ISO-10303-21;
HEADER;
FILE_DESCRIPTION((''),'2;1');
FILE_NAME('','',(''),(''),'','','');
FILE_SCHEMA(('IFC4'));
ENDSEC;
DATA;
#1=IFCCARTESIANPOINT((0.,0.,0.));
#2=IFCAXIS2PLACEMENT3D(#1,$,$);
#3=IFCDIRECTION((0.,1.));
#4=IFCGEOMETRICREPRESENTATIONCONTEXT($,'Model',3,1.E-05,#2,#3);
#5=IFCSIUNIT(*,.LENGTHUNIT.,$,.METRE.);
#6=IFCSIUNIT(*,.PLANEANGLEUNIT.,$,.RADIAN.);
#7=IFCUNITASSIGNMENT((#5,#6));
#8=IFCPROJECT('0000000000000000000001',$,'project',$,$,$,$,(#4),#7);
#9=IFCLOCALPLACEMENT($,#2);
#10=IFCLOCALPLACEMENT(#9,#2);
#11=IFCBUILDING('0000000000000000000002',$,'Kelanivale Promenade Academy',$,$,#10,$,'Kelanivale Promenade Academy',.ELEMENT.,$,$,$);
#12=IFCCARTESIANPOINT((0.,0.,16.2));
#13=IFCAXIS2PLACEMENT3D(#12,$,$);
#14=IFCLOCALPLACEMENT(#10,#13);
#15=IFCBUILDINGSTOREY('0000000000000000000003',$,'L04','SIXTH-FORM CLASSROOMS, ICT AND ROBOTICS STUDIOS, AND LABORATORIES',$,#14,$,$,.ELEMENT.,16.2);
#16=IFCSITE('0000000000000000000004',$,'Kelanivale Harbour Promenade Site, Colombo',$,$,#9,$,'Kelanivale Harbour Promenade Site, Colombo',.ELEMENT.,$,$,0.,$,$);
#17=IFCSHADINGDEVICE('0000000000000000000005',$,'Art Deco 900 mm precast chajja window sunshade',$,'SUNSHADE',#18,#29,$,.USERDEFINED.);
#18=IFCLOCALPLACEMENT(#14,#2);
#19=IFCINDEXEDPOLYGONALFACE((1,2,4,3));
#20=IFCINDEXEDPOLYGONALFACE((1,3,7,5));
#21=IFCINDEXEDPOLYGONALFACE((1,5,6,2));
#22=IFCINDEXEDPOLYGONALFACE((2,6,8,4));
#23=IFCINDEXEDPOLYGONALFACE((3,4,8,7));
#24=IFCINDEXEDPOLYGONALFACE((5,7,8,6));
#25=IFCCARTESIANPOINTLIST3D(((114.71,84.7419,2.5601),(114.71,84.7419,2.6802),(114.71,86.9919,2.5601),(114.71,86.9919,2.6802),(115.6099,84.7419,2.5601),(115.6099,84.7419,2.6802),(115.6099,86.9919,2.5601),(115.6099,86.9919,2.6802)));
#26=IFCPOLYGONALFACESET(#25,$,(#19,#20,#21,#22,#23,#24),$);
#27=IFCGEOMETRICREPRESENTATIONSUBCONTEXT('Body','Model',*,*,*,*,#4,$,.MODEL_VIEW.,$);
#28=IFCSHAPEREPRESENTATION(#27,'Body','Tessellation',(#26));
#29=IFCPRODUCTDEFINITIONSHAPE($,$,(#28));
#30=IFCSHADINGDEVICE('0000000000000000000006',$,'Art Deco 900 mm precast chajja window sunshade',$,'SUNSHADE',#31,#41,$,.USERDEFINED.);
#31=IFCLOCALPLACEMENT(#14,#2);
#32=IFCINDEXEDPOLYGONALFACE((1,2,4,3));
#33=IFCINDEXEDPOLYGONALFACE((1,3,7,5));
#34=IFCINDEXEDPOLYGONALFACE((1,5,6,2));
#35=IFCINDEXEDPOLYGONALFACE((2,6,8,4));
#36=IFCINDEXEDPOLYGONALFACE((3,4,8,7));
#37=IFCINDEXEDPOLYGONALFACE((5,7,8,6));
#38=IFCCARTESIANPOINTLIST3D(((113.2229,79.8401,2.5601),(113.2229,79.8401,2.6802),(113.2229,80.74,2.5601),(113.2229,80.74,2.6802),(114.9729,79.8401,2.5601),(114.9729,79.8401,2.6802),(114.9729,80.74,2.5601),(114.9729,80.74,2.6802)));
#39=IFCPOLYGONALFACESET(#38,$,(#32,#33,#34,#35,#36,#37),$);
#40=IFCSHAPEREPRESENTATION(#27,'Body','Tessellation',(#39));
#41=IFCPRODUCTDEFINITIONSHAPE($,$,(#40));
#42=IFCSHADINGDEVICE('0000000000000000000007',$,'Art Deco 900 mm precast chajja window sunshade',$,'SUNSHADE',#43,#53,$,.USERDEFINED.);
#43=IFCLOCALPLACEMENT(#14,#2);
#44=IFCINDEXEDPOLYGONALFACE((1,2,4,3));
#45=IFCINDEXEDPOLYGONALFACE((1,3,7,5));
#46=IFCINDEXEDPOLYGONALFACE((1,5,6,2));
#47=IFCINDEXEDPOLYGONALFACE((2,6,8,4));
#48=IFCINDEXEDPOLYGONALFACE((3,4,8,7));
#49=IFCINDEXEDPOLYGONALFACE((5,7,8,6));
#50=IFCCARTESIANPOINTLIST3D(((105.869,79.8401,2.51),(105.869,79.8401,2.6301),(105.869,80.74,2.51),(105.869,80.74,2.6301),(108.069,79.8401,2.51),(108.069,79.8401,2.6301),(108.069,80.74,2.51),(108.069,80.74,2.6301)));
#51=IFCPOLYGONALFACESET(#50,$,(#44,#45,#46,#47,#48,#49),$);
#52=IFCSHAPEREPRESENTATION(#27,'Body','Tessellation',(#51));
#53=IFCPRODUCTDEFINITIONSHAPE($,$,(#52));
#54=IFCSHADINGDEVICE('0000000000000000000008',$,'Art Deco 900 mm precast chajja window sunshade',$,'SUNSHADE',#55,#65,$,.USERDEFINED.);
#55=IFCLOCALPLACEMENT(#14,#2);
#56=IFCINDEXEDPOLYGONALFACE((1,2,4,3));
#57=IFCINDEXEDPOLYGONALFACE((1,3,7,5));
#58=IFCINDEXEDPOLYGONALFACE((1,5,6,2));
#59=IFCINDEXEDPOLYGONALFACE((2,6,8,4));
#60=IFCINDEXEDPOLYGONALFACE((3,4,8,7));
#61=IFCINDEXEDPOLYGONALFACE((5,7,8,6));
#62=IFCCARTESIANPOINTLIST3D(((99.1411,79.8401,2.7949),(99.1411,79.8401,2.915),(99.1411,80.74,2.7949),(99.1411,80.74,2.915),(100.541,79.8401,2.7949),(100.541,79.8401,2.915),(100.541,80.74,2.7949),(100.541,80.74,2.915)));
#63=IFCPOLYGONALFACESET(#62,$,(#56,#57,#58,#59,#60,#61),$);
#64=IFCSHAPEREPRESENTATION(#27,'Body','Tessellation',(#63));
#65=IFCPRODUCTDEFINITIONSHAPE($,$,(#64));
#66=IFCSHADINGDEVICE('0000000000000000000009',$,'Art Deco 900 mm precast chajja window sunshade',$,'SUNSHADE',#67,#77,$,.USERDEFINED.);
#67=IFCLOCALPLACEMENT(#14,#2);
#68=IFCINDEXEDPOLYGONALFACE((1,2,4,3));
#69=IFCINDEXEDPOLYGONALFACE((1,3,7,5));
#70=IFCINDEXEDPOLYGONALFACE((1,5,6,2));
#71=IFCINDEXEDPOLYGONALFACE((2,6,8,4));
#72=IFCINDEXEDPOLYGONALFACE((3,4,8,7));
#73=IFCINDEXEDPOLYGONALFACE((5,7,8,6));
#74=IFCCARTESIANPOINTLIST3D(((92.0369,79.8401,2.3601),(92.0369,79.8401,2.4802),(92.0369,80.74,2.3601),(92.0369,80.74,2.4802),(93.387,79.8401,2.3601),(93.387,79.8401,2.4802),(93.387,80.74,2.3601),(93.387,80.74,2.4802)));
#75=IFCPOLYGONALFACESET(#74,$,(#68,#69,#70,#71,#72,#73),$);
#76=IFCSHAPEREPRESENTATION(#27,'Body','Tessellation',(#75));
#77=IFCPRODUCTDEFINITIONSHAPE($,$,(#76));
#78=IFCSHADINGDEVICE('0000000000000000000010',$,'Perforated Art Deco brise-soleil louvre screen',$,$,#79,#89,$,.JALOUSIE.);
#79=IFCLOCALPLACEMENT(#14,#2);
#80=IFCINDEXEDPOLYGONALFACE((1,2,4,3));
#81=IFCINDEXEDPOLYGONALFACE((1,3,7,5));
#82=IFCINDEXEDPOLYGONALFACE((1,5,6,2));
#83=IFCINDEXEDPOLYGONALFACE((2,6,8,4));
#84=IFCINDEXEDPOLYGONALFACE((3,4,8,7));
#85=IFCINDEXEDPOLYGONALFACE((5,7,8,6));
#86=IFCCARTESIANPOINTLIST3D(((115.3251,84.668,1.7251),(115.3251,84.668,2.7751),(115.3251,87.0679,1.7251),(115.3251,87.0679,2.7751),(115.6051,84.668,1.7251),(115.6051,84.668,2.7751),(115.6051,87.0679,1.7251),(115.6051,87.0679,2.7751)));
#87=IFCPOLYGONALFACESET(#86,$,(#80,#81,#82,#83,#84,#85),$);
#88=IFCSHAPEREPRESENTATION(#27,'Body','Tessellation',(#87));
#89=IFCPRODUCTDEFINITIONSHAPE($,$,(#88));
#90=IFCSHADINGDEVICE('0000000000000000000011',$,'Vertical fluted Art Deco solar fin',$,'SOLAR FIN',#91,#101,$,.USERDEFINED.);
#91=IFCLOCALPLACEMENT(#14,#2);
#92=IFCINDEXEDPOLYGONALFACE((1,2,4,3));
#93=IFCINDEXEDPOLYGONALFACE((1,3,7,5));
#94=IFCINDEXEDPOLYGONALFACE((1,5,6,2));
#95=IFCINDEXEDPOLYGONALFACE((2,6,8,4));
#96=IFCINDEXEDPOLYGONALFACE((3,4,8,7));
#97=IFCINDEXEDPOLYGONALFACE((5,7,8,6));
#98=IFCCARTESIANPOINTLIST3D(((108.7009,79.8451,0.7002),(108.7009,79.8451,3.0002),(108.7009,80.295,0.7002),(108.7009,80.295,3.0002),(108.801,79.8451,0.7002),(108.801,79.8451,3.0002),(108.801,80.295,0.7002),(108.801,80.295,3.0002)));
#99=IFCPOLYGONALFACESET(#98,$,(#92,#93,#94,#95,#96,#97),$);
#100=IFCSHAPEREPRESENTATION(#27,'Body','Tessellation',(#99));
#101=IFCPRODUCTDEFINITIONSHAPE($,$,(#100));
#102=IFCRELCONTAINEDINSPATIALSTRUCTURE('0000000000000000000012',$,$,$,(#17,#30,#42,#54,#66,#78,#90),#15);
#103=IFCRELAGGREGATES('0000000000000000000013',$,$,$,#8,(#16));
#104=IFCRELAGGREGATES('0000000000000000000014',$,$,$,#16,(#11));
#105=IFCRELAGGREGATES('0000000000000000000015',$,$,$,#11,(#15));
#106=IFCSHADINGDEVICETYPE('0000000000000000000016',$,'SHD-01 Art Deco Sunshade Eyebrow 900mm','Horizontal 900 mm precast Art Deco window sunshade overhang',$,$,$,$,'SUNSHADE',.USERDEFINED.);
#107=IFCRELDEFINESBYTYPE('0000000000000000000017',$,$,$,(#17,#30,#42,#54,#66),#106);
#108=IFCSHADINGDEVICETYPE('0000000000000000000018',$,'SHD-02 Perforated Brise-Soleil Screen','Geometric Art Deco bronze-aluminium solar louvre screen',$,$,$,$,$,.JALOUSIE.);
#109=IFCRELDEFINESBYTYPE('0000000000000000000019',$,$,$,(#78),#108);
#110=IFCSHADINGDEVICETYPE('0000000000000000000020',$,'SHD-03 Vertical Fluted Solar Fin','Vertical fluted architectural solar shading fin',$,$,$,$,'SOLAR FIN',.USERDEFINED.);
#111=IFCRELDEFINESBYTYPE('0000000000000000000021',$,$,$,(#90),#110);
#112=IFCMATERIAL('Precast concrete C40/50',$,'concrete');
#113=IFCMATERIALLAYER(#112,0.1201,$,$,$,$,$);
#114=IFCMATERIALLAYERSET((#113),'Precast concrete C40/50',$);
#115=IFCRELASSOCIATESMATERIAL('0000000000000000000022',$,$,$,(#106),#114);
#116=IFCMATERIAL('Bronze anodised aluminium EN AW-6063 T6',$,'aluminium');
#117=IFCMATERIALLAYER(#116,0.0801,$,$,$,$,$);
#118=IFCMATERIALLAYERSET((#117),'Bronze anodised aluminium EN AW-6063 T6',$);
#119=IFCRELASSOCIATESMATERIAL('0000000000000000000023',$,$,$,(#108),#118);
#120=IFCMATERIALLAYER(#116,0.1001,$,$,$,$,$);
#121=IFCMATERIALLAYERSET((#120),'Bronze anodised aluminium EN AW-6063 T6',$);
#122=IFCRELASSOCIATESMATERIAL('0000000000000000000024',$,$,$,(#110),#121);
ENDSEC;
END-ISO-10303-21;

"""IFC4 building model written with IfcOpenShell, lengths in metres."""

from ifc_helpers import new_model, si_unit, direction, frame, origin, origin_2d, place, context, subcontext, project, spatial, rectangle, extrude, material, layer, layer_set, type_object, element, save


model = new_model("IFC4")

# Units and contexts
model_context = context("Model", 3, precision=1e-05, world=origin(), true_north=direction((0.0, 1.0)))
body_context = subcontext(model_context, "Body", "Model", "MODEL_VIEW")
ifc_project = project(units=[si_unit("LENGTHUNIT", "METRE"), si_unit("PLANEANGLEUNIT", "RADIAN")], contexts=[model_context])

# Site, building, storey
site_placement = place(None, origin())
site = spatial("IfcSite", under=ifc_project, at=site_placement, Name="Kelanivale Harbour Promenade Site, Colombo", LongName="Kelanivale Harbour Promenade Site, Colombo", CompositionType="ELEMENT", RefElevation=0.0)
building_placement = place(site_placement, origin())
building = spatial("IfcBuilding", under=site, at=building_placement, Name="Kelanivale Promenade Academy", LongName="Kelanivale Promenade Academy", CompositionType="ELEMENT")
storey_placement = place(building_placement, frame((0.0, 0.0, 16.2)))
storey = spatial("IfcBuildingStorey", under=building, at=storey_placement, Name="L04", Description="SIXTH-FORM CLASSROOMS, ICT AND ROBOTICS STUDIOS, AND LABORATORIES", CompositionType="ELEMENT", Elevation=16.2)

# Shading devices
ifc_material_1 = material(Name="Precast concrete C40/50", Category="concrete")
ifc_layer_1 = layer(ifc_material_1, 0.1201)
ifc_layer_set_1 = layer_set([ifc_layer_1], Name="Precast concrete C40/50")
shading_device_type_1 = type_object("IfcShadingDeviceType", Name="SHD-01 Art Deco Sunshade Eyebrow 900mm", Description="Horizontal 900 mm precast Art Deco window sunshade overhang", ElementType="SUNSHADE", PredefinedType="USERDEFINED", material=ifc_layer_set_1)
shading_device_1_placement = place(storey_placement, frame((115.1599, 85.8669, 2.5601), z_axis=(0.0, 0.0, 1.0), x_axis=(0.0, -1.0, 0.0)))
element("IfcShadingDevice", 1, at=shading_device_1_placement, inside=storey, type_object=shading_device_type_1, Name="Art Deco 900 mm precast chajja window sunshade", ObjectType="SUNSHADE", PredefinedType="USERDEFINED", context=body_context, shape_type="SweptSolid", body=[
    extrude(rectangle(XDim=2.25, YDim=0.8999, at=origin_2d()), origin(), (0.0, 0.0, 1.0), 0.1201),
])
shading_device_2_placement = place(storey_placement, frame((114.0979, 80.29, 2.5601), z_axis=(0.0, 0.0, 1.0), x_axis=(-1.0, 0.0, 0.0)))
element("IfcShadingDevice", 2, at=shading_device_2_placement, inside=storey, type_object=shading_device_type_1, Name="Art Deco 900 mm precast chajja window sunshade", ObjectType="SUNSHADE", PredefinedType="USERDEFINED", context=body_context, shape_type="SweptSolid", body=[
    extrude(rectangle(XDim=1.75, YDim=0.8999, at=origin_2d()), origin(), (0.0, 0.0, 1.0), 0.1201),
])
shading_device_3_placement = place(storey_placement, frame((106.969, 80.29, 2.51), z_axis=(0.0, 0.0, 1.0), x_axis=(-1.0, 0.0, 0.0)))
element("IfcShadingDevice", 3, at=shading_device_3_placement, inside=storey, type_object=shading_device_type_1, Name="Art Deco 900 mm precast chajja window sunshade", ObjectType="SUNSHADE", PredefinedType="USERDEFINED", context=body_context, shape_type="SweptSolid", body=[
    extrude(rectangle(XDim=2.2, YDim=0.8999, at=origin_2d()), origin(), (0.0, 0.0, 1.0), 0.1201),
])
shading_device_4_placement = place(storey_placement, frame((99.8411, 80.29, 2.7949), z_axis=(0.0, 0.0, 1.0), x_axis=(-1.0, 0.0, 0.0)))
element("IfcShadingDevice", 4, at=shading_device_4_placement, inside=storey, type_object=shading_device_type_1, Name="Art Deco 900 mm precast chajja window sunshade", ObjectType="SUNSHADE", PredefinedType="USERDEFINED", context=body_context, shape_type="SweptSolid", body=[
    extrude(rectangle(XDim=1.3999, YDim=0.8999, at=origin_2d()), origin(), (0.0, 0.0, 1.0), 0.1201),
])
shading_device_5_placement = place(storey_placement, frame((92.7119, 80.29, 2.3601), z_axis=(0.0, 0.0, 1.0), x_axis=(-1.0, 0.0, 0.0)))
element("IfcShadingDevice", 5, at=shading_device_5_placement, inside=storey, type_object=shading_device_type_1, Name="Art Deco 900 mm precast chajja window sunshade", ObjectType="SUNSHADE", PredefinedType="USERDEFINED", context=body_context, shape_type="SweptSolid", body=[
    extrude(rectangle(XDim=1.3501, YDim=0.8999, at=origin_2d()), origin(), (0.0, 0.0, 1.0), 0.1201),
])
ifc_material_2 = material(Name="Bronze anodised aluminium EN AW-6063 T6", Category="aluminium")
ifc_layer_2 = layer(ifc_material_2, 0.0801)
ifc_layer_set_2 = layer_set([ifc_layer_2], Name="Bronze anodised aluminium EN AW-6063 T6")
shading_device_type_2 = type_object("IfcShadingDeviceType", Name="SHD-02 Perforated Brise-Soleil Screen", Description="Geometric Art Deco bronze-aluminium solar louvre screen", PredefinedType="JALOUSIE", material=ifc_layer_set_2)
shading_device_6_placement = place(storey_placement, frame((115.4651, 85.8679, 1.7251), z_axis=(0.0, 0.0, 1.0), x_axis=(0.0, -1.0, 0.0)))
element("IfcShadingDevice", 6, at=shading_device_6_placement, inside=storey, type_object=shading_device_type_2, Name="Perforated Art Deco brise-soleil louvre screen", PredefinedType="JALOUSIE", context=body_context, shape_type="SweptSolid", body=[
    extrude(rectangle(XDim=2.3999, YDim=0.28, at=origin_2d()), origin(), (0.0, 0.0, 1.0), 1.05),
])
ifc_layer_3 = layer(ifc_material_2, 0.1001)
ifc_layer_set_3 = layer_set([ifc_layer_3], Name="Bronze anodised aluminium EN AW-6063 T6")
shading_device_type_3 = type_object("IfcShadingDeviceType", Name="SHD-03 Vertical Fluted Solar Fin", Description="Vertical fluted architectural solar shading fin", ElementType="SOLAR FIN", PredefinedType="USERDEFINED", material=ifc_layer_set_3)
shading_device_7_placement = place(storey_placement, frame((108.751, 80.0701, 0.7002), z_axis=(0.0, 0.0, 1.0), x_axis=(-1.0, 0.0, 0.0)))
element("IfcShadingDevice", 7, at=shading_device_7_placement, inside=storey, type_object=shading_device_type_3, Name="Vertical fluted Art Deco solar fin", ObjectType="SOLAR FIN", PredefinedType="USERDEFINED", context=body_context, shape_type="SweptSolid", body=[
    extrude(rectangle(XDim=0.1001, YDim=0.45, at=origin_2d()), origin(), (0.0, 0.0, 1.0), 2.3),
])

save(model, "model.ifc")
